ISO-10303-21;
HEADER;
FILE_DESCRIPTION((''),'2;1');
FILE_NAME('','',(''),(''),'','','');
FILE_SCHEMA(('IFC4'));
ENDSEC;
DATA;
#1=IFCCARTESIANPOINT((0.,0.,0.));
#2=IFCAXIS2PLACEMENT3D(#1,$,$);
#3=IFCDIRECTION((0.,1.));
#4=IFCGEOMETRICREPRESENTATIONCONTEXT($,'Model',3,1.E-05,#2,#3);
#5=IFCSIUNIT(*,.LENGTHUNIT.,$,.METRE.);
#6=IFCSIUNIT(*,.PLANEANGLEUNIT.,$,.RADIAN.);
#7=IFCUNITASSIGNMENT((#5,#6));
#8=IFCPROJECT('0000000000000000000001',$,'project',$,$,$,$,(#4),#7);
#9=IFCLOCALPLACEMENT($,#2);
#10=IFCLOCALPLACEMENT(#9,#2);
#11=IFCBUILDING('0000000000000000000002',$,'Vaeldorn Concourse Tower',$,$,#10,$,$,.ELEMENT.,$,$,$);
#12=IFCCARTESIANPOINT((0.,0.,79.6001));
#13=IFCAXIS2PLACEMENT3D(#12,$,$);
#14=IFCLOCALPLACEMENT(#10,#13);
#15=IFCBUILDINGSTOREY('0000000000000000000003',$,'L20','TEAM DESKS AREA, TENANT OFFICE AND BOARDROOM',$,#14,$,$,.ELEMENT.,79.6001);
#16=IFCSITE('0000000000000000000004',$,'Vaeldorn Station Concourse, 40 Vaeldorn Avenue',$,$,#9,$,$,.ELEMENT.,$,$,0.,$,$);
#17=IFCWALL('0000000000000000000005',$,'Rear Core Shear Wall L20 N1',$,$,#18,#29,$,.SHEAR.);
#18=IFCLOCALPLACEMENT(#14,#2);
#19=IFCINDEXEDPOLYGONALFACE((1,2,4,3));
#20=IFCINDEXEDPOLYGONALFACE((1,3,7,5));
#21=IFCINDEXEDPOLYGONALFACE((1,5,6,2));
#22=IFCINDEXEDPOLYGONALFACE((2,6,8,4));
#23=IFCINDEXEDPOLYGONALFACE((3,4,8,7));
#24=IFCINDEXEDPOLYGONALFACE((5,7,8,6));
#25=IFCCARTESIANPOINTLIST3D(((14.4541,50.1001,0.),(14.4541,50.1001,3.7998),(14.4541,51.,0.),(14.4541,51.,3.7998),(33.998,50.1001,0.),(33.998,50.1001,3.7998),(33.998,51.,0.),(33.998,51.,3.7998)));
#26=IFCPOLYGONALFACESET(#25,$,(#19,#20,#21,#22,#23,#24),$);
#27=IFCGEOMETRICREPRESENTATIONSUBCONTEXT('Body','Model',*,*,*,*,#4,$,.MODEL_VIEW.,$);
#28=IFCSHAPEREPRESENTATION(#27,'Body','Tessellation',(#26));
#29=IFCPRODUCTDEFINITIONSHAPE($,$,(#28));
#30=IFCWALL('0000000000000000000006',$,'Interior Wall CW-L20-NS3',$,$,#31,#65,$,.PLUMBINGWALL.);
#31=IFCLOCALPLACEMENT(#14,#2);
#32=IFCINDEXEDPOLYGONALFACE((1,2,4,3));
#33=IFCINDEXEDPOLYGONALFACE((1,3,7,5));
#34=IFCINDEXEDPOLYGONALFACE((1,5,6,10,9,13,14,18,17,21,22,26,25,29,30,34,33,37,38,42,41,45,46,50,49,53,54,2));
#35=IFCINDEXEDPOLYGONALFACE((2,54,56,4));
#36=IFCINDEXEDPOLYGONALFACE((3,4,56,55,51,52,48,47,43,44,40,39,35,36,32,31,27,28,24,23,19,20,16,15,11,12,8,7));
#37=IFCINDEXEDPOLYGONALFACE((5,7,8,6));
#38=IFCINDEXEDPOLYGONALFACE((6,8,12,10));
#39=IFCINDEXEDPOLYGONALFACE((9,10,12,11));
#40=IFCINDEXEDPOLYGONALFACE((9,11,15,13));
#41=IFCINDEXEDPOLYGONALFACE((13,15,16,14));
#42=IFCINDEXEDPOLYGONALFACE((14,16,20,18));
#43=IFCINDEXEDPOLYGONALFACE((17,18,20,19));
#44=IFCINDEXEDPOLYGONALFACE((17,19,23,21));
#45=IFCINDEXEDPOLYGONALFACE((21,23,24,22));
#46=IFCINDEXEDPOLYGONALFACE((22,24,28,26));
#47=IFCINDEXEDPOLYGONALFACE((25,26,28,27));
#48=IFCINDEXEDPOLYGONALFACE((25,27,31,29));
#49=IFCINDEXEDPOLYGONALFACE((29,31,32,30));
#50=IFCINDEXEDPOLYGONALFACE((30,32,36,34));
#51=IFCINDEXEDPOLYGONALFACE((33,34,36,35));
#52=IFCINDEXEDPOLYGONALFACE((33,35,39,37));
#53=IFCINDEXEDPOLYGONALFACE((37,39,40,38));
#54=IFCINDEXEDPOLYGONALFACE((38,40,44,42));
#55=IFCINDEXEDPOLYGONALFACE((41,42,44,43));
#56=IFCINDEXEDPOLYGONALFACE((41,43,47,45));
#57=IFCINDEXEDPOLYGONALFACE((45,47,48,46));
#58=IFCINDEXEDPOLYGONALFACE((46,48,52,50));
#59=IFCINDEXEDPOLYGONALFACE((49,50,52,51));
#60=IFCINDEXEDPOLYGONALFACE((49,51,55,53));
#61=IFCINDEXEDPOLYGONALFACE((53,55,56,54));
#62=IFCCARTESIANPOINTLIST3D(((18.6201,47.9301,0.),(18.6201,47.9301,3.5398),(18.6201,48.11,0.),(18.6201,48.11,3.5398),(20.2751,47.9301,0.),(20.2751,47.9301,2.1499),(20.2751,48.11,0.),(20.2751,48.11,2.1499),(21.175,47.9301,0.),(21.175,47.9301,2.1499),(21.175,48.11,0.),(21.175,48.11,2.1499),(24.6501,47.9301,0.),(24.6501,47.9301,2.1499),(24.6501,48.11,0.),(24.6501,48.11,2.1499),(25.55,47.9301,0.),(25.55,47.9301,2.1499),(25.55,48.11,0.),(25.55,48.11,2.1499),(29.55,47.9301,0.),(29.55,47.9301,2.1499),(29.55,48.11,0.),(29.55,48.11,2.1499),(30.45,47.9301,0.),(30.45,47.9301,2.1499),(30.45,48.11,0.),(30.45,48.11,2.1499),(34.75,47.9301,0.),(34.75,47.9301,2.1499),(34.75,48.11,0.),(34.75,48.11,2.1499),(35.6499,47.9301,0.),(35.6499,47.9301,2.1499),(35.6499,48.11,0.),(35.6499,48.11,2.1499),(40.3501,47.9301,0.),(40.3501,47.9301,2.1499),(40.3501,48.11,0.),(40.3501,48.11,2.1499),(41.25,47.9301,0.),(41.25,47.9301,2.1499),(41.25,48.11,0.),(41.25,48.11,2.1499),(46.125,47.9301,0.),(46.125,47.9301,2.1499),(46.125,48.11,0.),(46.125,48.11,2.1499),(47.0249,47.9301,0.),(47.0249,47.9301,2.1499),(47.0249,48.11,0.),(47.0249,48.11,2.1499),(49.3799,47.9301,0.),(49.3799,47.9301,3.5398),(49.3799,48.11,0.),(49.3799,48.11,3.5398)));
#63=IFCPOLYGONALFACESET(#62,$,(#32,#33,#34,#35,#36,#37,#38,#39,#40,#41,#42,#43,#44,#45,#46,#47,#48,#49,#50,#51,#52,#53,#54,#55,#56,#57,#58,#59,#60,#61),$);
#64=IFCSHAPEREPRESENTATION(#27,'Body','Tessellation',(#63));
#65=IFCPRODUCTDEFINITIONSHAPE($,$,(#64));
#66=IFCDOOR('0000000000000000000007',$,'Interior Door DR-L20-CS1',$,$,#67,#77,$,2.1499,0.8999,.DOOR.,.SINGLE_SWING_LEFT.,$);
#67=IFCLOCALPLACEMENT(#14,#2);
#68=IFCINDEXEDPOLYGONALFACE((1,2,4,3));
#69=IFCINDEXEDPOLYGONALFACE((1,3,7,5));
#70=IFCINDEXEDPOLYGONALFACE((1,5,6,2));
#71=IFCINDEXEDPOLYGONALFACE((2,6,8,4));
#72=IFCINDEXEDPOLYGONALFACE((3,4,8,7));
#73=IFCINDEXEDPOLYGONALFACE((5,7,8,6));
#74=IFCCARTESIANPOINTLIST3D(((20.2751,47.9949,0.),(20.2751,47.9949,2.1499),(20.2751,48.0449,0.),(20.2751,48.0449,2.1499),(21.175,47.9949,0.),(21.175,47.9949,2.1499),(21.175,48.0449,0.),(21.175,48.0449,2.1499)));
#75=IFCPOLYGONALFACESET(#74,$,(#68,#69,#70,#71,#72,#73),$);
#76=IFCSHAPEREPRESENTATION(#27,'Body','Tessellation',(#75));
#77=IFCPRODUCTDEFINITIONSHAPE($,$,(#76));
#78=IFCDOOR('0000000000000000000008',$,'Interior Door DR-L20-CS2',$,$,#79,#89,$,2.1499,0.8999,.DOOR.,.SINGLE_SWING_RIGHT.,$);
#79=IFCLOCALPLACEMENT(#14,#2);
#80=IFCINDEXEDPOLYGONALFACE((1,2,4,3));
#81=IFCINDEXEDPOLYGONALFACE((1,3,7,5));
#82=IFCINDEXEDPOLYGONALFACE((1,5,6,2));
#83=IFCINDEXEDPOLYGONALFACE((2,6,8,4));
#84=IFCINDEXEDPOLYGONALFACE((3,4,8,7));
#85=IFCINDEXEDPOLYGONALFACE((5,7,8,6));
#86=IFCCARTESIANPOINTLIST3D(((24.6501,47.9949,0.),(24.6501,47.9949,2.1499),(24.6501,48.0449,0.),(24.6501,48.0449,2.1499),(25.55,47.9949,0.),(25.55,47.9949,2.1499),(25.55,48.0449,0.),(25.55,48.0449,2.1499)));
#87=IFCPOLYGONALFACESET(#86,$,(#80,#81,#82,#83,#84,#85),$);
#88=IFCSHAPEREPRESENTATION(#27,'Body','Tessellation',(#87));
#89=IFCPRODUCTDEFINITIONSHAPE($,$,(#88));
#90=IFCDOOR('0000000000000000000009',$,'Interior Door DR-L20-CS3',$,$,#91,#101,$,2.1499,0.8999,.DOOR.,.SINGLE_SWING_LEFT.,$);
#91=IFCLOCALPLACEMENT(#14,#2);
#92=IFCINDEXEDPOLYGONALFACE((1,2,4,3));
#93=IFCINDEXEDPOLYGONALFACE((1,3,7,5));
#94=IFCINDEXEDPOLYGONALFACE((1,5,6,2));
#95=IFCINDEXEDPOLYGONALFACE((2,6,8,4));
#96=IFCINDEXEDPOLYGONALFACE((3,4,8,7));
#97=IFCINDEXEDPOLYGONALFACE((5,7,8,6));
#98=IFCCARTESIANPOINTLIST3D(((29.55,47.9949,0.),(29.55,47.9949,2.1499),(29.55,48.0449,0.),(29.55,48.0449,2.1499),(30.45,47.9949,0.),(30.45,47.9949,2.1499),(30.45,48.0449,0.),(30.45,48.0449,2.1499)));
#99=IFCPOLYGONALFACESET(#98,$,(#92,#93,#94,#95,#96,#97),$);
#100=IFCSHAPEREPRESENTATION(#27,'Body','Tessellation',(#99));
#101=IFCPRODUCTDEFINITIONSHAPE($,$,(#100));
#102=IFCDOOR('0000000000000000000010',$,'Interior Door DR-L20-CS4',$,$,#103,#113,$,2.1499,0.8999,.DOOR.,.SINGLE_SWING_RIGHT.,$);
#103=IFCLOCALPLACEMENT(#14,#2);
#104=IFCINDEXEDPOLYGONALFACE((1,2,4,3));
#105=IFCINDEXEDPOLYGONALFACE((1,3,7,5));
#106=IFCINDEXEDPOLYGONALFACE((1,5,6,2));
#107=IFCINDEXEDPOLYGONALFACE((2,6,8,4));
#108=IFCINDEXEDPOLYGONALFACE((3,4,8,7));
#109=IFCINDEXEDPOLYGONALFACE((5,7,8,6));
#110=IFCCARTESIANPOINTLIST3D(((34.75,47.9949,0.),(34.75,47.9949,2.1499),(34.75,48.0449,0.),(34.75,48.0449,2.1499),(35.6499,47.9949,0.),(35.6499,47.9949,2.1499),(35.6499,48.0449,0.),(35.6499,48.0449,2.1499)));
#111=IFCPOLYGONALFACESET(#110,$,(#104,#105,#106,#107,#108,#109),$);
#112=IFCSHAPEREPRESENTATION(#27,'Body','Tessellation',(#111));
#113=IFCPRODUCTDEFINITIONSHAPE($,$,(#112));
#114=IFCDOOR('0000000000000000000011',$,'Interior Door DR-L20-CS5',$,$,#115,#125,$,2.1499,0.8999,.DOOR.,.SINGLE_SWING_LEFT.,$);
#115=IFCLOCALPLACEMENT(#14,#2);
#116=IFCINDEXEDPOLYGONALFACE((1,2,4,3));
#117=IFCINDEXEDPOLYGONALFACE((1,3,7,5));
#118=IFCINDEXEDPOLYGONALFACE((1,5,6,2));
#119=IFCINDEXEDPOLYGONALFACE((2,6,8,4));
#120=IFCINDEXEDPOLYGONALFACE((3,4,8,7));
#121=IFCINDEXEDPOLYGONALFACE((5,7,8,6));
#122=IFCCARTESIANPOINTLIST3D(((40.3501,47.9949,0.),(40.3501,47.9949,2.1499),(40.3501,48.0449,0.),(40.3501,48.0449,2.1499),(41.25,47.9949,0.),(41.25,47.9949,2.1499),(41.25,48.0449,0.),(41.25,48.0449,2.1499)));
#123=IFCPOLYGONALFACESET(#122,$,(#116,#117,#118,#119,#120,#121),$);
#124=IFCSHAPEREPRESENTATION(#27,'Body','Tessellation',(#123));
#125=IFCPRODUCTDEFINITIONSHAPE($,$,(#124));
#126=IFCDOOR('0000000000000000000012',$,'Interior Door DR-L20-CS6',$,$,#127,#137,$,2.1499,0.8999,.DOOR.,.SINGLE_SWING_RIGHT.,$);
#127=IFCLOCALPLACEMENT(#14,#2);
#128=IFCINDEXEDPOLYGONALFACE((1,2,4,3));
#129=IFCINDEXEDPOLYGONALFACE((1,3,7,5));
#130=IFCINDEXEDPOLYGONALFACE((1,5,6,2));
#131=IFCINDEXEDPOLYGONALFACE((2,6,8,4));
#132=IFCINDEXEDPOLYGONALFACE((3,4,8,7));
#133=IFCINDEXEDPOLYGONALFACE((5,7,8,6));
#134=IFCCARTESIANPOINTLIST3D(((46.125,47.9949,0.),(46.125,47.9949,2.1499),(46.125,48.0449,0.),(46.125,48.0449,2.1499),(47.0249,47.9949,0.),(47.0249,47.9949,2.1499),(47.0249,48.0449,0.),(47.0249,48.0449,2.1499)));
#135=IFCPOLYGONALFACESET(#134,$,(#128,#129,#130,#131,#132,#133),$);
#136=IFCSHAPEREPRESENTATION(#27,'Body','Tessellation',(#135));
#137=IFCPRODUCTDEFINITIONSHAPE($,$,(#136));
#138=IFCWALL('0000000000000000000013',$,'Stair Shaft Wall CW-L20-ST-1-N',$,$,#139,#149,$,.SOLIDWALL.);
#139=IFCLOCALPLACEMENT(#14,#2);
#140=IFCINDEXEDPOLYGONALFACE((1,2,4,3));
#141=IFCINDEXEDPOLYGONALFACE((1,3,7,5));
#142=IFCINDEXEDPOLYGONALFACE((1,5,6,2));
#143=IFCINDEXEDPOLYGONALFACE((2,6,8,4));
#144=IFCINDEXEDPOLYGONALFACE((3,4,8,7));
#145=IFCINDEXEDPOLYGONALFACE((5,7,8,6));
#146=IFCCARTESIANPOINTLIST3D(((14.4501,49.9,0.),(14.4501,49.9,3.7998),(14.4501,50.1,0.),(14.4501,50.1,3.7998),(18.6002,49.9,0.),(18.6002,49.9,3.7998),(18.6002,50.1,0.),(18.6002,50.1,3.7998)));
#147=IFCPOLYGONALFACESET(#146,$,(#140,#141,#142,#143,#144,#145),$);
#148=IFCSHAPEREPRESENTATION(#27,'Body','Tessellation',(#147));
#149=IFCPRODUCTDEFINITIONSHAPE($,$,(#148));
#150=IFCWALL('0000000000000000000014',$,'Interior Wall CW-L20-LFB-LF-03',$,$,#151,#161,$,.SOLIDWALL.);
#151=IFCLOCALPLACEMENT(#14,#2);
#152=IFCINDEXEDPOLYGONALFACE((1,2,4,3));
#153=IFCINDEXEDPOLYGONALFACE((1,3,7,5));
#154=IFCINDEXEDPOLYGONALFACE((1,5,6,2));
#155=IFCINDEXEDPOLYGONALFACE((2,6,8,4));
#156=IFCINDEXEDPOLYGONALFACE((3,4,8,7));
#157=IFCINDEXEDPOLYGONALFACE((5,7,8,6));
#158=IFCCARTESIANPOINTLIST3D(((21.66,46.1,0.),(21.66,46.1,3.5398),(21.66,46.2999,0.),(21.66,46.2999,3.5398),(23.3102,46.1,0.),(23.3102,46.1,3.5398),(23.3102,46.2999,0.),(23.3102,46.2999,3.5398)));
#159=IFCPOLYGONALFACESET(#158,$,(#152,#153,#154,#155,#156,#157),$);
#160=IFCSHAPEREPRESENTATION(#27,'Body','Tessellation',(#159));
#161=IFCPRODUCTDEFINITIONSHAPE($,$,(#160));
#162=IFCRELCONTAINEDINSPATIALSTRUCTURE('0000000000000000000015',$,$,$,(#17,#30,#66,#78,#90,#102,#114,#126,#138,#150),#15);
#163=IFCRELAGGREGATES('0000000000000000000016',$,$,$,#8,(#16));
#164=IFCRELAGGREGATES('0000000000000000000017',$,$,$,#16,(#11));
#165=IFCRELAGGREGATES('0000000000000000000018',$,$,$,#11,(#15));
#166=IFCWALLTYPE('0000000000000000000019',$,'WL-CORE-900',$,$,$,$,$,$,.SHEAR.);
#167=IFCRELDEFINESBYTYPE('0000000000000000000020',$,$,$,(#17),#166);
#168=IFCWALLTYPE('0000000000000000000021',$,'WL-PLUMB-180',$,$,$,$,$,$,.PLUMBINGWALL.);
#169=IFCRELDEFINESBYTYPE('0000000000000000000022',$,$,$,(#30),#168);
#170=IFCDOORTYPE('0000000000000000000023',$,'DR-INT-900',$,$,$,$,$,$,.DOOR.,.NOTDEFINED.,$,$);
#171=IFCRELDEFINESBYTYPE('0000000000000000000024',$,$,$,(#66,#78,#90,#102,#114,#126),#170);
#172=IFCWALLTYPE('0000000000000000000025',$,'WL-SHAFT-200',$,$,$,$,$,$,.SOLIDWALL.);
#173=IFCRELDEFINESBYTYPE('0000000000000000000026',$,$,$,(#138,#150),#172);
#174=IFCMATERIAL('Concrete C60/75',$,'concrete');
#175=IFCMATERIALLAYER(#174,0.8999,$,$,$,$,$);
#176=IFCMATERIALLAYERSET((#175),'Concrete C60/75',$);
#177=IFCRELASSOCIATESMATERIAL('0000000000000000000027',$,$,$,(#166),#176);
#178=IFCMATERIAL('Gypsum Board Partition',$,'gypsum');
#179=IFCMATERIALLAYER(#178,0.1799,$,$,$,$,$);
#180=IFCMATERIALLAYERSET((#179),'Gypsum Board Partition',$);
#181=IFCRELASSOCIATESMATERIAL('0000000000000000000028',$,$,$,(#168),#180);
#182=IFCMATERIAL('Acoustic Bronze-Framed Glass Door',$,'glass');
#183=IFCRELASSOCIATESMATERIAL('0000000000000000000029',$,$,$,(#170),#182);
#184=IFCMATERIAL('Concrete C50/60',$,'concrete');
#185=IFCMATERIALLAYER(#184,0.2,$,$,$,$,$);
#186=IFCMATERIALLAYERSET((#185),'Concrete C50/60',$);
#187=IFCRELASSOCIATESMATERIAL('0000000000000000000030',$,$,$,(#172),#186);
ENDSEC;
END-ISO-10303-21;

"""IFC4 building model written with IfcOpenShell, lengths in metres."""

from ifc_helpers import new_model, si_unit, direction, frame, frame_2d, origin, place, context, subcontext, project, spatial, rectangle, extrude, source, transform, mapped, material, layer, layer_set, type_object, element, fill, save


model = new_model("IFC4")

# Units and contexts
model_context = context("Model", 3, precision=1e-05, world=origin(), true_north=direction((0.0, 1.0)))
body_context = subcontext(model_context, "Body", "Model", "MODEL_VIEW")
ifc_project = project(units=[si_unit("LENGTHUNIT", "METRE"), si_unit("PLANEANGLEUNIT", "RADIAN")], contexts=[model_context])

# Site, building, storey
site_placement = place(None, origin())
site = spatial("IfcSite", under=ifc_project, at=site_placement, Name="Vaeldorn Station Concourse, 40 Vaeldorn Avenue", CompositionType="ELEMENT", RefElevation=0.0)
building_placement = place(site_placement, origin())
building = spatial("IfcBuilding", under=site, at=building_placement, Name="Vaeldorn Concourse Tower", CompositionType="ELEMENT")
storey_placement = place(building_placement, frame((0.0, 0.0, 79.6001)))
storey = spatial("IfcBuildingStorey", under=building, at=storey_placement, Name="L20", Description="TEAM DESKS AREA, TENANT OFFICE AND BOARDROOM", CompositionType="ELEMENT", Elevation=79.6001)

# Wall
ifc_material_1 = material(Name="Concrete C60/75", Category="concrete")
ifc_layer_1 = layer(ifc_material_1, 0.8999)
ifc_layer_set_1 = layer_set([ifc_layer_1], Name="Concrete C60/75")
wall_type_1 = type_object("IfcWallType", Name="WL-CORE-900", PredefinedType="SHEAR", material=ifc_layer_set_1)
wall_1_placement = place(storey_placement, frame((14.4541, 50.55, 0.0), z_axis=(0.0, 0.0, 1.0), x_axis=(1.0, 0.0, 0.0)))
element("IfcWall", 1, at=wall_1_placement, inside=storey, type_object=wall_type_1, Name="Rear Core Shear Wall L20 N1", PredefinedType="SHEAR", context=body_context, shape_type="SweptSolid", body=[
    extrude(rectangle(XDim=19.5439, YDim=0.8999, at=frame_2d((9.772, 0.0))), origin(), (0.0, 0.0, 1.0), 3.7998),
])

# Wall, openings, doors
ifc_material_2 = material(Name="Gypsum Board Partition", Category="gypsum")
ifc_layer_2 = layer(ifc_material_2, 0.1799)
ifc_layer_set_2 = layer_set([ifc_layer_2], Name="Gypsum Board Partition")
wall_type_2 = type_object("IfcWallType", Name="WL-PLUMB-180", PredefinedType="PLUMBINGWALL", material=ifc_layer_set_2)
wall_2_placement = place(storey_placement, frame((18.6201, 48.02, 0.0), z_axis=(0.0, 0.0, 1.0), x_axis=(1.0, 0.0, 0.0)))
wall_2 = element("IfcWall", 2, at=wall_2_placement, inside=storey, type_object=wall_type_2, Name="Interior Wall CW-L20-NS3", PredefinedType="PLUMBINGWALL", context=body_context, shape_type="SweptSolid", body=[
    extrude(rectangle(XDim=30.7598, YDim=0.1799, at=frame_2d((15.3799, 0.0))), origin(), (0.0, 0.0, 1.0), 3.5398),
])
opening_1_placement = place(wall_2_placement, frame((1.655, 0.0, 0.0)))
opening_1 = element("IfcOpeningElement", 3, at=opening_1_placement, cuts=wall_2, PredefinedType="OPENING", context=body_context, shape_type="SweptSolid", body=[
    extrude(rectangle(XDim=0.8999, YDim=2.1499, at=frame_2d((0.45, 1.075))), frame((0.0, 0.1001, 0.0), z_axis=(0.0, -1.0, 0.0), x_axis=(1.0, 0.0, 0.0)), (0.0, 0.0, 1.0), 0.2),
])
opening_2_placement = place(wall_2_placement, frame((6.03, 0.0, 0.0)))
opening_2 = element("IfcOpeningElement", 4, at=opening_2_placement, cuts=wall_2, PredefinedType="OPENING", context=body_context, shape_type="SweptSolid", body=[
    extrude(rectangle(XDim=0.8999, YDim=2.1499, at=frame_2d((0.45, 1.075))), frame((0.0, 0.1001, 0.0), z_axis=(0.0, -1.0, 0.0), x_axis=(1.0, 0.0, 0.0)), (0.0, 0.0, 1.0), 0.2),
])
opening_3_placement = place(wall_2_placement, frame((10.9299, 0.0, 0.0)))
opening_3 = element("IfcOpeningElement", 5, at=opening_3_placement, cuts=wall_2, PredefinedType="OPENING", context=body_context, shape_type="SweptSolid", body=[
    extrude(rectangle(XDim=0.8999, YDim=2.1499, at=frame_2d((0.45, 1.075))), frame((0.0, 0.1001, 0.0), z_axis=(0.0, -1.0, 0.0), x_axis=(1.0, 0.0, 0.0)), (0.0, 0.0, 1.0), 0.2),
])
opening_4_placement = place(wall_2_placement, frame((16.1299, 0.0, 0.0)))
opening_4 = element("IfcOpeningElement", 6, at=opening_4_placement, cuts=wall_2, PredefinedType="OPENING", context=body_context, shape_type="SweptSolid", body=[
    extrude(rectangle(XDim=0.8999, YDim=2.1499, at=frame_2d((0.45, 1.075))), frame((0.0, 0.1001, 0.0), z_axis=(0.0, -1.0, 0.0), x_axis=(1.0, 0.0, 0.0)), (0.0, 0.0, 1.0), 0.2),
])
opening_5_placement = place(wall_2_placement, frame((21.73, 0.0, 0.0)))
opening_5 = element("IfcOpeningElement", 7, at=opening_5_placement, cuts=wall_2, PredefinedType="OPENING", context=body_context, shape_type="SweptSolid", body=[
    extrude(rectangle(XDim=0.8999, YDim=2.1499, at=frame_2d((0.45, 1.075))), frame((0.0, 0.1001, 0.0), z_axis=(0.0, -1.0, 0.0), x_axis=(1.0, 0.0, 0.0)), (0.0, 0.0, 1.0), 0.2),
])
opening_6_placement = place(wall_2_placement, frame((27.5049, 0.0, 0.0)))
opening_6 = element("IfcOpeningElement", 8, at=opening_6_placement, cuts=wall_2, PredefinedType="OPENING", context=body_context, shape_type="SweptSolid", body=[
    extrude(rectangle(XDim=0.8999, YDim=2.1499, at=frame_2d((0.45, 1.075))), frame((0.0, 0.1001, 0.0), z_axis=(0.0, -1.0, 0.0), x_axis=(1.0, 0.0, 0.0)), (0.0, 0.0, 1.0), 0.2),
])
ifc_material_3 = material(Name="Acoustic Bronze-Framed Glass Door", Category="glass")
door_type_1 = type_object("IfcDoorType", Name="DR-INT-900", OperationType="NOTDEFINED", PredefinedType="DOOR", material=ifc_material_3)
shared_shape_1 = source(origin(), body_context, "Body", "SweptSolid", [
    extrude(rectangle(XDim=0.8999, YDim=2.1499, at=frame_2d((0.45, 1.075))), frame((0.0, 0.0249, 0.0), z_axis=(0.0, -1.0, 0.0), x_axis=(1.0, 0.0, 0.0)), (0.0, 0.0, 1.0), 0.05),
])
door_1_placement = place(opening_1_placement, origin())
door_1 = element("IfcDoor", 9, at=door_1_placement, inside=storey, type_object=door_type_1, Name="Interior Door DR-L20-CS1", OperationType="SINGLE_SWING_LEFT", OverallHeight=2.1499, OverallWidth=0.8999, PredefinedType="DOOR", context=body_context, shape_type="MappedRepresentation", body=[
    mapped(shared_shape_1, transform((0.0, 0.0, 0.0), scale=1.0)),
])
fill(opening_1, door_1)
door_2_placement = place(opening_2_placement, origin())
door_2 = element("IfcDoor", 10, at=door_2_placement, inside=storey, type_object=door_type_1, Name="Interior Door DR-L20-CS2", OperationType="SINGLE_SWING_RIGHT", OverallHeight=2.1499, OverallWidth=0.8999, PredefinedType="DOOR", context=body_context, shape_type="MappedRepresentation", body=[
    mapped(shared_shape_1, transform((0.0, 0.0, 0.0), scale=1.0)),
])
fill(opening_2, door_2)
door_3_placement = place(opening_3_placement, origin())
door_3 = element("IfcDoor", 11, at=door_3_placement, inside=storey, type_object=door_type_1, Name="Interior Door DR-L20-CS3", OperationType="SINGLE_SWING_LEFT", OverallHeight=2.1499, OverallWidth=0.8999, PredefinedType="DOOR", context=body_context, shape_type="MappedRepresentation", body=[
    mapped(shared_shape_1, transform((0.0, 0.0, 0.0), scale=1.0)),
])
fill(opening_3, door_3)
door_4_placement = place(opening_4_placement, origin())
door_4 = element("IfcDoor", 12, at=door_4_placement, inside=storey, type_object=door_type_1, Name="Interior Door DR-L20-CS4", OperationType="SINGLE_SWING_RIGHT", OverallHeight=2.1499, OverallWidth=0.8999, PredefinedType="DOOR", context=body_context, shape_type="MappedRepresentation", body=[
    mapped(shared_shape_1, transform((0.0, 0.0, 0.0), scale=1.0)),
])
fill(opening_4, door_4)
door_5_placement = place(opening_5_placement, origin())
door_5 = element("IfcDoor", 13, at=door_5_placement, inside=storey, type_object=door_type_1, Name="Interior Door DR-L20-CS5", OperationType="SINGLE_SWING_LEFT", OverallHeight=2.1499, OverallWidth=0.8999, PredefinedType="DOOR", context=body_context, shape_type="MappedRepresentation", body=[
    mapped(shared_shape_1, transform((0.0, 0.0, 0.0), scale=1.0)),
])
fill(opening_5, door_5)
door_6_placement = place(opening_6_placement, origin())
door_6 = element("IfcDoor", 14, at=door_6_placement, inside=storey, type_object=door_type_1, Name="Interior Door DR-L20-CS6", OperationType="SINGLE_SWING_RIGHT", OverallHeight=2.1499, OverallWidth=0.8999, PredefinedType="DOOR", context=body_context, shape_type="MappedRepresentation", body=[
    mapped(shared_shape_1, transform((0.0, 0.0, 0.0), scale=1.0)),
])
fill(opening_6, door_6)

# Wall
ifc_material_4 = material(Name="Concrete C50/60", Category="concrete")
ifc_layer_3 = layer(ifc_material_4, 0.2)
ifc_layer_set_3 = layer_set([ifc_layer_3], Name="Concrete C50/60")
wall_type_3 = type_object("IfcWallType", Name="WL-SHAFT-200", PredefinedType="SOLIDWALL", material=ifc_layer_set_3)
wall_3_placement = place(storey_placement, frame((14.45, 50.0, 0.0), z_axis=(0.0, 0.0, 1.0), x_axis=(1.0, 0.0, 0.0)))
element("IfcWall", 15, at=wall_3_placement, inside=storey, type_object=wall_type_3, Name="Stair Shaft Wall CW-L20-ST-1-N", PredefinedType="SOLIDWALL", context=body_context, shape_type="SweptSolid", body=[
    extrude(rectangle(XDim=4.1501, YDim=0.2, at=frame_2d((2.0752, 0.0))), origin(), (0.0, 0.0, 1.0), 3.7998),
])

# Wall
wall_4_placement = place(storey_placement, frame((21.6599, 46.2, 0.0), z_axis=(0.0, 0.0, 1.0), x_axis=(1.0, 0.0, 0.0)))
element("IfcWall", 16, at=wall_4_placement, inside=storey, type_object=wall_type_3, Name="Interior Wall CW-L20-LFB-LF-03", PredefinedType="SOLIDWALL", context=body_context, shape_type="SweptSolid", body=[
    extrude(rectangle(XDim=1.6501, YDim=0.2, at=frame_2d((0.8252, 0.0))), origin(), (0.0, 0.0, 1.0), 3.5398),
])

save(model, "model.ifc")
